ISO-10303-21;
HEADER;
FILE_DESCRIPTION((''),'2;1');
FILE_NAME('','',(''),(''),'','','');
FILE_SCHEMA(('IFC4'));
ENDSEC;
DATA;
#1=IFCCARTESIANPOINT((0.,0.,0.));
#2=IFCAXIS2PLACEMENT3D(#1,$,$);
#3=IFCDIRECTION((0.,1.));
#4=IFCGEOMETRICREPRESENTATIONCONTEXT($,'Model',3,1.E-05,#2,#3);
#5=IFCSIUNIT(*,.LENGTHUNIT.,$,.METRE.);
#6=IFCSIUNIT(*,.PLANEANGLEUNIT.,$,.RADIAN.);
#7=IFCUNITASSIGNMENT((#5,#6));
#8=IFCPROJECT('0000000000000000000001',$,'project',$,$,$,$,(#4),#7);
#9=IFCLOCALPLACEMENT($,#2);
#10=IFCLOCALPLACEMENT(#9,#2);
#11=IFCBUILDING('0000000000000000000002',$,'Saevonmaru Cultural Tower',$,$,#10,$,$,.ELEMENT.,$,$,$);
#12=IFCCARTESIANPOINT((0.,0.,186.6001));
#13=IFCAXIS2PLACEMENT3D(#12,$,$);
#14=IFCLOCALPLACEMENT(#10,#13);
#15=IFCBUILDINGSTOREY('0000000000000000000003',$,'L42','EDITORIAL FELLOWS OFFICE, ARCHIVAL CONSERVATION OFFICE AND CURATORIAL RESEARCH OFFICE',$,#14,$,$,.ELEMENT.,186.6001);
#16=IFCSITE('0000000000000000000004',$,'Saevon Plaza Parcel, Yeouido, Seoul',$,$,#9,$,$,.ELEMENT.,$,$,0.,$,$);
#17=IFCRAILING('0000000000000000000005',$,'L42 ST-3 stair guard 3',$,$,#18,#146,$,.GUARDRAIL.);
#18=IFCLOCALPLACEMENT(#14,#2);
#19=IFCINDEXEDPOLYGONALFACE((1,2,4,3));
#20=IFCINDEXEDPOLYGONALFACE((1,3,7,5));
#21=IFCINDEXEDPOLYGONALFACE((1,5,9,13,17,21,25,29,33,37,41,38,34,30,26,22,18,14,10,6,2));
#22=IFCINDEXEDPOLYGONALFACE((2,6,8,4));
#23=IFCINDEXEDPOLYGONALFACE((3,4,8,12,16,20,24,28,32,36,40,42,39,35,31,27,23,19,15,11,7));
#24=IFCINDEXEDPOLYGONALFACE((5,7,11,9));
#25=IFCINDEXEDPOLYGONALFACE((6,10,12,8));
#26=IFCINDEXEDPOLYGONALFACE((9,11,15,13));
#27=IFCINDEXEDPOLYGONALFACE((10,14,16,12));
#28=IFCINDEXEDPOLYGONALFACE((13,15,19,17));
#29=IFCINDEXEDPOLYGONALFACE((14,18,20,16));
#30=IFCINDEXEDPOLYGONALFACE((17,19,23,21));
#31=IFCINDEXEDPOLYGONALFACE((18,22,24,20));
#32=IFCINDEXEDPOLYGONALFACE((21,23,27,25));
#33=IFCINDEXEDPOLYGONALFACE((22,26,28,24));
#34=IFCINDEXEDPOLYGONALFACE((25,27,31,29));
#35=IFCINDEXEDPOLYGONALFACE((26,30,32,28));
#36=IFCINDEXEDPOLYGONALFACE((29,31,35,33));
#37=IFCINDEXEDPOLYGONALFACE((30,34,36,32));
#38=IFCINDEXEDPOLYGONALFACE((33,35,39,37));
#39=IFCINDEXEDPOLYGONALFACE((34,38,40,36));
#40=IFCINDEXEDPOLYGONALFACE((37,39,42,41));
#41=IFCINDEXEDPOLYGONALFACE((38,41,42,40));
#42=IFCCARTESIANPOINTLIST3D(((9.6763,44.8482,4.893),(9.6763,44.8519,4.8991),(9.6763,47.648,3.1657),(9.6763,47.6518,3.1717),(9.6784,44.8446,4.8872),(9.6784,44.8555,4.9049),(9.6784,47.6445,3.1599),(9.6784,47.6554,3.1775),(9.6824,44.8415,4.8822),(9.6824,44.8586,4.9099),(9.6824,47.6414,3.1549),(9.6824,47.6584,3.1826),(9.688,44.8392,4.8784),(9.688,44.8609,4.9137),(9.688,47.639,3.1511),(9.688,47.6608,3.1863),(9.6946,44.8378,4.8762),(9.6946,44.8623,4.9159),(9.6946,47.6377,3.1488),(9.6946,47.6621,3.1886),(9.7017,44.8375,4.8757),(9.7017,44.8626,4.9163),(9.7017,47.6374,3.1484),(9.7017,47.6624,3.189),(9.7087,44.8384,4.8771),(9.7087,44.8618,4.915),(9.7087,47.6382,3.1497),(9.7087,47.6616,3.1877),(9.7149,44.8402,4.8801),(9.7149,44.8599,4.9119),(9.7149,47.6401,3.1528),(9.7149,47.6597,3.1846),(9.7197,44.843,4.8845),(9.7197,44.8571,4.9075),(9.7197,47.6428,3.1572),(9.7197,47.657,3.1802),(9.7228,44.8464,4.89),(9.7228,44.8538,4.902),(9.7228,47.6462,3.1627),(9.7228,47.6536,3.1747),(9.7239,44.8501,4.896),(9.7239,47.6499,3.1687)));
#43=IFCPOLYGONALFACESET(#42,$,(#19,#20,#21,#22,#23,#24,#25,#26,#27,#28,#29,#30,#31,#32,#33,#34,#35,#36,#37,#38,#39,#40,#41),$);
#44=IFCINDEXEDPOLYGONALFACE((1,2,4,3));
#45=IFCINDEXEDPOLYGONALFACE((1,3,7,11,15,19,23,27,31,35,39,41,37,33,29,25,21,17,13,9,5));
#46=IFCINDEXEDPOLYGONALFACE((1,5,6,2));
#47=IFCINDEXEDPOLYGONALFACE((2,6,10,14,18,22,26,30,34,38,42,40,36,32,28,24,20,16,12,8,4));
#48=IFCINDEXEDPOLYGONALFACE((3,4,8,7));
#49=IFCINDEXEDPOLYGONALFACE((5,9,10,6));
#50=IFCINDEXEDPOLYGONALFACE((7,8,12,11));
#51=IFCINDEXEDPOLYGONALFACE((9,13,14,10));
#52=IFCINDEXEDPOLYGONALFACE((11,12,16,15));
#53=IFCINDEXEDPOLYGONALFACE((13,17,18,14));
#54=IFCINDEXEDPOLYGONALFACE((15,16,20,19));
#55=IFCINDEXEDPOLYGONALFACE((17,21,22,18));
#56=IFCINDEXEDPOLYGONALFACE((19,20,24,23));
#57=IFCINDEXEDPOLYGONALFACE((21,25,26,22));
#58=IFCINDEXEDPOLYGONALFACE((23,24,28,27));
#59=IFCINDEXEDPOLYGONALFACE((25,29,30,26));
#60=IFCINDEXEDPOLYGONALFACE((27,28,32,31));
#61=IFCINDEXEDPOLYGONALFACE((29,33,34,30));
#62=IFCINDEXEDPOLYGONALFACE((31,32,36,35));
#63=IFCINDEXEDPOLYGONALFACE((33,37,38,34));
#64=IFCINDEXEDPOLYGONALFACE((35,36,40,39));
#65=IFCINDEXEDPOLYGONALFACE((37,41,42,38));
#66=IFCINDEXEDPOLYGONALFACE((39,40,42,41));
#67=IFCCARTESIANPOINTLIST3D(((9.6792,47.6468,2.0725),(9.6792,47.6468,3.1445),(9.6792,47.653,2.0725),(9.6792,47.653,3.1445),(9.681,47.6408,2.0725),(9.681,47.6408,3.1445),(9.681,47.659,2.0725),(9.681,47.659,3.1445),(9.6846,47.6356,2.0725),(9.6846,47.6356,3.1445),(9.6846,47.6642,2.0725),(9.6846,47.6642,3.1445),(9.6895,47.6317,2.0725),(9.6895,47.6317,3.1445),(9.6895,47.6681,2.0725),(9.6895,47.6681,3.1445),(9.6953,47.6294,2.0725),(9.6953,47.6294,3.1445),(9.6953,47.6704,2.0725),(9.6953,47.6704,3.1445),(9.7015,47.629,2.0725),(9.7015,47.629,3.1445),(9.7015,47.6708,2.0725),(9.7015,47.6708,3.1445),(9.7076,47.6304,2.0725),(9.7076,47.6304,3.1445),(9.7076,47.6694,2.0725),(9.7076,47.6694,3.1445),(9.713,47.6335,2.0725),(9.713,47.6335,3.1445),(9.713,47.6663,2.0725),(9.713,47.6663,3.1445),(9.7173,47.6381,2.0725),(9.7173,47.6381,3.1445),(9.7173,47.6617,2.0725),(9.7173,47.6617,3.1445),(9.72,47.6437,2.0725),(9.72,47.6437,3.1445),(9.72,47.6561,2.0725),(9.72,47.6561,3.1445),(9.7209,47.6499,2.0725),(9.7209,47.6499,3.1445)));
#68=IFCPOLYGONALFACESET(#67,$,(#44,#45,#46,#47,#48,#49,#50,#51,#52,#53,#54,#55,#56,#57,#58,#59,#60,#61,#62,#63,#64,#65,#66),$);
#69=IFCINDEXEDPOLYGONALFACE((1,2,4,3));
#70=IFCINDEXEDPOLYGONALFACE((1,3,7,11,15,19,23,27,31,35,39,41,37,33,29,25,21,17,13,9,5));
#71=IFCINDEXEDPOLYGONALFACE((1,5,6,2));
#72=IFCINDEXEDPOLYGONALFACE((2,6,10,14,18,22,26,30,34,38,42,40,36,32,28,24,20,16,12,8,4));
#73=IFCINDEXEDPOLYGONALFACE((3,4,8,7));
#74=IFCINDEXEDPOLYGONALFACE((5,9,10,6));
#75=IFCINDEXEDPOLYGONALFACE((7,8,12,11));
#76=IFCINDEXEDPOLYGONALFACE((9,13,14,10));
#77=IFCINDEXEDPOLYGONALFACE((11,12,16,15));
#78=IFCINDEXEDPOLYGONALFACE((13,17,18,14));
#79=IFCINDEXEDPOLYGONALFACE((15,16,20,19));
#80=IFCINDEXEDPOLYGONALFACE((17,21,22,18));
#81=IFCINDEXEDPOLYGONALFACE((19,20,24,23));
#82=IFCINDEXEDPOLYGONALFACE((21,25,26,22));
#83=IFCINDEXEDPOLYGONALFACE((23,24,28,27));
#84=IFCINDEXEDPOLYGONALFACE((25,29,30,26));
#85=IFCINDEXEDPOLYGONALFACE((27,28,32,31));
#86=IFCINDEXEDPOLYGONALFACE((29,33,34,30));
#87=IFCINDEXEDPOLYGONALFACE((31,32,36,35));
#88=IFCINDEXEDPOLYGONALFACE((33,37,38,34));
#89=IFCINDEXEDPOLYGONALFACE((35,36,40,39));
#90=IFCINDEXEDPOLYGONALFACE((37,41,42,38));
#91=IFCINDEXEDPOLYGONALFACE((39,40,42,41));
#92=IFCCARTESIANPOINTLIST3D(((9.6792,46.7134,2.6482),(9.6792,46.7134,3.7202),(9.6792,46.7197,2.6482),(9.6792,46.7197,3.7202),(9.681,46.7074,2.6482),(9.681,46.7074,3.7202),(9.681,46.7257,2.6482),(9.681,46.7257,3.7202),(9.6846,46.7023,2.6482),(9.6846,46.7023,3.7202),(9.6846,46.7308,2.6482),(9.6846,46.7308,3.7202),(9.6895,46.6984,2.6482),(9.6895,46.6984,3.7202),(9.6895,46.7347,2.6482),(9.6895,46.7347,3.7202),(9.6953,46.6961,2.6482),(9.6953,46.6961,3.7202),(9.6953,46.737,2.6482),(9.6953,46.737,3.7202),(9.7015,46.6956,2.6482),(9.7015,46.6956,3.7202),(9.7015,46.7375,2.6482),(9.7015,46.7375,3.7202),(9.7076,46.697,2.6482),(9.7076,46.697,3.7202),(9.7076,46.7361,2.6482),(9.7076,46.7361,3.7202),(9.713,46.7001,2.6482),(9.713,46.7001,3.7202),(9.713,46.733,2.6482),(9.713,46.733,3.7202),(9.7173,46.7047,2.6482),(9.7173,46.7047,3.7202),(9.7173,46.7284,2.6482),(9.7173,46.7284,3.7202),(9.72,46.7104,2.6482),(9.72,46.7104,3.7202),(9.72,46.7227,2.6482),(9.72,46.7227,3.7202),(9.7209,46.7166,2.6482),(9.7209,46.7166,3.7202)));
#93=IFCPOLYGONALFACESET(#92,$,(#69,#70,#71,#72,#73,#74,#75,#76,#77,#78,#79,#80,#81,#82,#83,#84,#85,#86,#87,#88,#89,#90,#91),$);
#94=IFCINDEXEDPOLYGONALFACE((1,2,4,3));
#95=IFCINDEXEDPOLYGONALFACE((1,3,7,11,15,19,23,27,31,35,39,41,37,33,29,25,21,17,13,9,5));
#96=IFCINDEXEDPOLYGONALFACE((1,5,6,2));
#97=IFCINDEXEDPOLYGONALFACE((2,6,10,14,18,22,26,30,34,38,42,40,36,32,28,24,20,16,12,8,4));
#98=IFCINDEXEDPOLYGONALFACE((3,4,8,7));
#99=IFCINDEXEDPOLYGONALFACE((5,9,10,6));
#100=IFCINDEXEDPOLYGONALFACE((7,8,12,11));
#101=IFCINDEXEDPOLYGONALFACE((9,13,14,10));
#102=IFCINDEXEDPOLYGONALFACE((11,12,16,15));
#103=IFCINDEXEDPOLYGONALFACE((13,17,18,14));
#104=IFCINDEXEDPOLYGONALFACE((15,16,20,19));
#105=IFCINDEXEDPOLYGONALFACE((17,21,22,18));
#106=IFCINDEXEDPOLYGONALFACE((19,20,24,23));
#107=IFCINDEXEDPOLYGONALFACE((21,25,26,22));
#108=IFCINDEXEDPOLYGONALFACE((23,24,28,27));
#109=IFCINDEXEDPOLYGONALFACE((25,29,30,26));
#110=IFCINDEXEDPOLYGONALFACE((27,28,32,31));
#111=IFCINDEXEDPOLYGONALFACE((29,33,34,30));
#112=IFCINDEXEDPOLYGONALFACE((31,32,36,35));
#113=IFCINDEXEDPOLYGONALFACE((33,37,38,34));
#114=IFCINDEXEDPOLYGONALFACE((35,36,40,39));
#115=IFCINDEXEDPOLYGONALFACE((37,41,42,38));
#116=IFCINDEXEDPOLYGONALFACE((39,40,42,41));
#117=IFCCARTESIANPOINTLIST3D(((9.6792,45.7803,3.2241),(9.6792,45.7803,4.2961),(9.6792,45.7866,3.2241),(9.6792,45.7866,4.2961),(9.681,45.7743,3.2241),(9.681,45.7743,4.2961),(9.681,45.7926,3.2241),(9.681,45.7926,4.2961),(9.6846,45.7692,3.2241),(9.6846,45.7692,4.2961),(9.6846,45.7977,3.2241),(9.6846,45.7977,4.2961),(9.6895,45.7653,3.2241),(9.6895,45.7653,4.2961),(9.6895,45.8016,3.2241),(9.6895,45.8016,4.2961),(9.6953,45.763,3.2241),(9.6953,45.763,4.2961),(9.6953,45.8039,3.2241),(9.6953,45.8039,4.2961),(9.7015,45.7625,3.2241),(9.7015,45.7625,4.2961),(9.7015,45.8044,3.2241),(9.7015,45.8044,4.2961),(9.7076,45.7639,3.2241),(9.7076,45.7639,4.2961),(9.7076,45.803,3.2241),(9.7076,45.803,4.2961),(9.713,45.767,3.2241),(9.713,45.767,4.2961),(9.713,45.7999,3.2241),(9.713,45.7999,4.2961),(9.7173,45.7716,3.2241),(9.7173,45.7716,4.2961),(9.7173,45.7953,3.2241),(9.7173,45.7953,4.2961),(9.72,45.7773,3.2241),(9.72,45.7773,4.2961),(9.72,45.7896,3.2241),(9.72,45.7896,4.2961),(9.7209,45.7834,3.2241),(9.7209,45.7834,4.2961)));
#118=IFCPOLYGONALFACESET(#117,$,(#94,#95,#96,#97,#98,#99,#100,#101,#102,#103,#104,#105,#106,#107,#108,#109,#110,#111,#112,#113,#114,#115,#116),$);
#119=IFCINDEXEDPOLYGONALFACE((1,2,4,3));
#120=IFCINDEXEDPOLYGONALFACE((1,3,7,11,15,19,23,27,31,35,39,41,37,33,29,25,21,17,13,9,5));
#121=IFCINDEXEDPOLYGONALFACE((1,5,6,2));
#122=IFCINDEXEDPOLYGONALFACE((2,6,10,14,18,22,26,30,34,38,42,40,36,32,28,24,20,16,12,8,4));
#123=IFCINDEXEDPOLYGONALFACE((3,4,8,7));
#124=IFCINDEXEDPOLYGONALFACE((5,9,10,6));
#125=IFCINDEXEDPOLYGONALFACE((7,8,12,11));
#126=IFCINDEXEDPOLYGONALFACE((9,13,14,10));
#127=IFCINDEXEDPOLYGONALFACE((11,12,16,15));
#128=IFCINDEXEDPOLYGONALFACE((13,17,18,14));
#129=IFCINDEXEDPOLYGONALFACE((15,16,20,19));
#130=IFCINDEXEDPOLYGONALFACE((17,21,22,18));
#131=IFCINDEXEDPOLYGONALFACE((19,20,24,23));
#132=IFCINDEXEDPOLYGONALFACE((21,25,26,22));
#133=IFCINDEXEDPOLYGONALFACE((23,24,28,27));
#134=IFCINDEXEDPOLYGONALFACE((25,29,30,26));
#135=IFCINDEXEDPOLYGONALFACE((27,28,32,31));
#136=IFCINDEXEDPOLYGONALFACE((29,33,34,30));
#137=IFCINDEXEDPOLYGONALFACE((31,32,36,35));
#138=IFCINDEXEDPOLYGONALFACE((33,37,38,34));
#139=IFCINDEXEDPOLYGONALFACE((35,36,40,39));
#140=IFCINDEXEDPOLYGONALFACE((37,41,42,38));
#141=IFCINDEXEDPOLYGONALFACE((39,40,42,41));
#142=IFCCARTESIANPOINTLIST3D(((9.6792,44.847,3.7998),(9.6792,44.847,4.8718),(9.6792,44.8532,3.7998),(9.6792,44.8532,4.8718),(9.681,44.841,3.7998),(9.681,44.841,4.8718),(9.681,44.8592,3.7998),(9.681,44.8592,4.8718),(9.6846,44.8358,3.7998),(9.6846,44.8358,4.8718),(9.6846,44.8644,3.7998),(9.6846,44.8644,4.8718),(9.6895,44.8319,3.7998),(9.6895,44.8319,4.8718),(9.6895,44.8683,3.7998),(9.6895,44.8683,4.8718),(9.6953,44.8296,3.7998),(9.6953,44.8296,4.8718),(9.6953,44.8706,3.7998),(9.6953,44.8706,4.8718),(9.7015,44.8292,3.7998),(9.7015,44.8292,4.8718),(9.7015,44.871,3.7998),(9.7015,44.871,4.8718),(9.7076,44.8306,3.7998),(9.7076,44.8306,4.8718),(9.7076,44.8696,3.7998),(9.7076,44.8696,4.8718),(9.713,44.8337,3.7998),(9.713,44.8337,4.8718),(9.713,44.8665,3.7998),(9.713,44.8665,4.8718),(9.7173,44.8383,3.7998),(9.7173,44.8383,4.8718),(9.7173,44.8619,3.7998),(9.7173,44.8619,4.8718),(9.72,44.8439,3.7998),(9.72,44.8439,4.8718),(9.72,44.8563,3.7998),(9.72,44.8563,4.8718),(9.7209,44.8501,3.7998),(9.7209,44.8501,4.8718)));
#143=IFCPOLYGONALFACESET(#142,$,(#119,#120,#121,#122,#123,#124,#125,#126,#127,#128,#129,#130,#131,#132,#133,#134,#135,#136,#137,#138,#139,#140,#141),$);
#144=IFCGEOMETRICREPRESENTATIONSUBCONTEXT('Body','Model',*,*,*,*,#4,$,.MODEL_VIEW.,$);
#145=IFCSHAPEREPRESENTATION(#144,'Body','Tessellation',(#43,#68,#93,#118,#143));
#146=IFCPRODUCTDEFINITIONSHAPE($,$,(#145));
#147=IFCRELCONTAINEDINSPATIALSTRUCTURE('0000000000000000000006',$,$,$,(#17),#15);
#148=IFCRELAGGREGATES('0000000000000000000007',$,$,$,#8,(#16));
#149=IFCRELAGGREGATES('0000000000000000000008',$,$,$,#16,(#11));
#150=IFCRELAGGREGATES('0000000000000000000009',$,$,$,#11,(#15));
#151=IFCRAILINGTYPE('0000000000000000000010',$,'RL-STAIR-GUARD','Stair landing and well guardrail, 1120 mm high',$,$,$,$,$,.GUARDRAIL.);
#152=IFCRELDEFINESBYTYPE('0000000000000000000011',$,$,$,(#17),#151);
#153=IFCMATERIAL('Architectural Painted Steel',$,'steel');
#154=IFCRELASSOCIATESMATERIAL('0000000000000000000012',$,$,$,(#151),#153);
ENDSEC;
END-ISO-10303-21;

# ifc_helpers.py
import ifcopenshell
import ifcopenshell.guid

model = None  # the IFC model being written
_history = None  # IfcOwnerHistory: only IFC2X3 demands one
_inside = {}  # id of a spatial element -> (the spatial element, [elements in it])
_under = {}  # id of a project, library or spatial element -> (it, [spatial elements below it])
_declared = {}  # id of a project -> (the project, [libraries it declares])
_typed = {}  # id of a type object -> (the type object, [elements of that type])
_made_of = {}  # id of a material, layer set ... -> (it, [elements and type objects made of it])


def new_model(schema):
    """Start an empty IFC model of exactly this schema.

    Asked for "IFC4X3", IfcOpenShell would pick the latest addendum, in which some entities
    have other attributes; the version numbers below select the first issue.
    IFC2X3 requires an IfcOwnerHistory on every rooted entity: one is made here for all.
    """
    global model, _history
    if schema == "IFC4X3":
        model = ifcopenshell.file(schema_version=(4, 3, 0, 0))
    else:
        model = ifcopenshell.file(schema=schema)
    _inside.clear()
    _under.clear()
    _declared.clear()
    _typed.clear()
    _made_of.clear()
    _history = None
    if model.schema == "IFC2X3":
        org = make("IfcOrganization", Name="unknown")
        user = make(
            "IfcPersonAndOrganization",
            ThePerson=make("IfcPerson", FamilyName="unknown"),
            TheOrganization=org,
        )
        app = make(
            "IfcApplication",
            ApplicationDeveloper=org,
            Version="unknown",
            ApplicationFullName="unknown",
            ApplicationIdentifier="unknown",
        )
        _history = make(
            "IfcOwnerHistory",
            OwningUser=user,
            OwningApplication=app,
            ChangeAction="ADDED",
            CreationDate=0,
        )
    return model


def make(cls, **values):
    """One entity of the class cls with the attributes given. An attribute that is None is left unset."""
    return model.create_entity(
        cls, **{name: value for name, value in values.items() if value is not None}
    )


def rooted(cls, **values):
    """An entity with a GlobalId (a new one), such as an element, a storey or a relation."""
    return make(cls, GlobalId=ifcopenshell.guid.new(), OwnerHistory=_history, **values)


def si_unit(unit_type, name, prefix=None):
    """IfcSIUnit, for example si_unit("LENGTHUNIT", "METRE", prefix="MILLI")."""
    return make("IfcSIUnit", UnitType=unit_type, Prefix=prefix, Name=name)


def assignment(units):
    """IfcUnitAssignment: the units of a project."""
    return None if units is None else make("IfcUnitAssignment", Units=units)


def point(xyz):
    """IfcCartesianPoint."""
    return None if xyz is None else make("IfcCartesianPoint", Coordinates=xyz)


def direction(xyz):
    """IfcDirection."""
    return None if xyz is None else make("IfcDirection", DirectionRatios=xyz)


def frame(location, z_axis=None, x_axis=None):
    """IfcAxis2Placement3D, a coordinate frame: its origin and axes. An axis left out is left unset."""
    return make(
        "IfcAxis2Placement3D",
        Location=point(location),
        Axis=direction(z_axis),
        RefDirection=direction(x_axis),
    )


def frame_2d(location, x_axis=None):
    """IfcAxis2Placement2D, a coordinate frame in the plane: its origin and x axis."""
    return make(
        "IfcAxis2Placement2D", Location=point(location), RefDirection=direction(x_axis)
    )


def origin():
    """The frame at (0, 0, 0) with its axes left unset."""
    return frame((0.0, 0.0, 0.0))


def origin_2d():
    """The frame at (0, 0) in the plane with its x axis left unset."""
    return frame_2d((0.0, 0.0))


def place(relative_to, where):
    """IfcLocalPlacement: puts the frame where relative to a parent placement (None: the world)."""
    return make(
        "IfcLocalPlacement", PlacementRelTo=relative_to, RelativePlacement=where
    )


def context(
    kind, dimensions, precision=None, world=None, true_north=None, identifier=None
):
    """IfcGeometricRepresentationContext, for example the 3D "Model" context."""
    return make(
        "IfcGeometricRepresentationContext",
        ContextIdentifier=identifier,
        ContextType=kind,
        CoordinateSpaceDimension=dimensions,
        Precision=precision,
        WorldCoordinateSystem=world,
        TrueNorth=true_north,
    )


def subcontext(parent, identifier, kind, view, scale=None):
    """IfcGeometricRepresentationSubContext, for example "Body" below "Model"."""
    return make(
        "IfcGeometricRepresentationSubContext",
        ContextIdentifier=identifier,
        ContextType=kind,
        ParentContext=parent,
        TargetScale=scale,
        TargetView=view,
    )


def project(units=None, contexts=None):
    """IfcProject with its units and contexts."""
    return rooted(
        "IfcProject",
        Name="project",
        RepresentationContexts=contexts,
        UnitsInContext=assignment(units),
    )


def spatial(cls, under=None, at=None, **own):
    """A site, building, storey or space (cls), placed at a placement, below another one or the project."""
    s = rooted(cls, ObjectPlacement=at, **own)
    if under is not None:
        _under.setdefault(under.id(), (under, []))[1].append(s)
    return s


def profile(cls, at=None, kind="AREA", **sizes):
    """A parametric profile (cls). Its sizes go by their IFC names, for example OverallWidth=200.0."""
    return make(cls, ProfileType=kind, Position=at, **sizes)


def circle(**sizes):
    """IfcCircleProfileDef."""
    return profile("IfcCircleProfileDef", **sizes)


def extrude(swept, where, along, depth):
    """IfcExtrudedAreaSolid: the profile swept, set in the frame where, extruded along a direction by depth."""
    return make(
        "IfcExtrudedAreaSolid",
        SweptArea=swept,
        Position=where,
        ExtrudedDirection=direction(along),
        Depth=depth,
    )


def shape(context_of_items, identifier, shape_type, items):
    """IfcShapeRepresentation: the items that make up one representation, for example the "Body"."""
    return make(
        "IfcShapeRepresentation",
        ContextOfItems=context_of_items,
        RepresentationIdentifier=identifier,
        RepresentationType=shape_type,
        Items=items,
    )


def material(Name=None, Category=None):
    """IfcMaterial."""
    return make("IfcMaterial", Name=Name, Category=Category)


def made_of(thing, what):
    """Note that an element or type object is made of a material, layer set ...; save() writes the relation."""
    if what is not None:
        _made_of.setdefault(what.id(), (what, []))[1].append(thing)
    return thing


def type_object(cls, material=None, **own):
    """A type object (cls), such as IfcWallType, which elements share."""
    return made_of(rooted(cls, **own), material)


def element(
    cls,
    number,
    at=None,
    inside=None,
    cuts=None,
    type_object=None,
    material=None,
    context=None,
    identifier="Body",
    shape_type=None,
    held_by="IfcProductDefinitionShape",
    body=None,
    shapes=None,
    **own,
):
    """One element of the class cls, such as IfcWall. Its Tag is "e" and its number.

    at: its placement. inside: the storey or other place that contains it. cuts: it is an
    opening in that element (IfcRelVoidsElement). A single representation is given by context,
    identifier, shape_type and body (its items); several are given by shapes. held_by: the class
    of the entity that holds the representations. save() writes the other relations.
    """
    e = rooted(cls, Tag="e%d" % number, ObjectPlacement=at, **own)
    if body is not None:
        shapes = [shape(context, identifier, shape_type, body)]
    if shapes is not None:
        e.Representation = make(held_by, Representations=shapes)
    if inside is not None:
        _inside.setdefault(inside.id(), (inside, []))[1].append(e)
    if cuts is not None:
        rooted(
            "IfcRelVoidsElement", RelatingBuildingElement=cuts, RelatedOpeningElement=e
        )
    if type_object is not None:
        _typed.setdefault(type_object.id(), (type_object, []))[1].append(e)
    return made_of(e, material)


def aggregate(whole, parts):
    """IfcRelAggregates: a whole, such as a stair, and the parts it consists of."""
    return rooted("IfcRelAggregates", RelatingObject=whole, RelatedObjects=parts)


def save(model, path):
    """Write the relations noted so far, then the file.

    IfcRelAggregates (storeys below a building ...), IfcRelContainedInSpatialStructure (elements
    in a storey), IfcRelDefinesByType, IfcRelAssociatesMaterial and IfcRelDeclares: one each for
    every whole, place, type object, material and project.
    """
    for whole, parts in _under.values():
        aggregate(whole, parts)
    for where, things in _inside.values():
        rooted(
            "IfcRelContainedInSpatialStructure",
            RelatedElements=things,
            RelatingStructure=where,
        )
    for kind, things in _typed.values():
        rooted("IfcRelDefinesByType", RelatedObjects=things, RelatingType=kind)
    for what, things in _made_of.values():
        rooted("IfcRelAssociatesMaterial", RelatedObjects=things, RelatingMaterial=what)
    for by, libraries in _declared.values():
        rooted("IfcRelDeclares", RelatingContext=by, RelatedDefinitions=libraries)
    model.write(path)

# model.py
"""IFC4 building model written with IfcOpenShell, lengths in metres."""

from ifc_helpers import new_model, si_unit, direction, frame, origin, origin_2d, place, context, subcontext, project, spatial, circle, extrude, material, type_object, element, save


model = new_model("IFC4")

# Units and contexts
model_context = context("Model", 3, precision=1e-05, world=origin(), true_north=direction((0.0, 1.0)))
body_context = subcontext(model_context, "Body", "Model", "MODEL_VIEW")
ifc_project = project(units=[si_unit("LENGTHUNIT", "METRE"), si_unit("PLANEANGLEUNIT", "RADIAN")], contexts=[model_context])

# Site, building, storey
site_placement = place(None, origin())
site = spatial("IfcSite", under=ifc_project, at=site_placement, Name="Saevon Plaza Parcel, Yeouido, Seoul", CompositionType="ELEMENT", RefElevation=0.0)
building_placement = place(site_placement, origin())
building = spatial("IfcBuilding", under=site, at=building_placement, Name="Saevonmaru Cultural Tower", CompositionType="ELEMENT")
storey_placement = place(building_placement, frame((0.0, 0.0, 186.6001)))
storey = spatial("IfcBuildingStorey", under=building, at=storey_placement, Name="L42", Description="EDITORIAL FELLOWS OFFICE, ARCHIVAL CONSERVATION OFFICE AND CURATORIAL RESEARCH OFFICE", CompositionType="ELEMENT", Elevation=186.6001)

# Railing
ifc_material_1 = material(Name="Architectural Painted Steel", Category="steel")
railing_type_1 = type_object("IfcRailingType", Name="RL-STAIR-GUARD", Description="Stair landing and well guardrail, 1120 mm high", PredefinedType="GUARDRAIL", material=ifc_material_1)
railing_1_placement = place(storey_placement, frame((9.7, 47.6499, 2.0725)))
element("IfcRailing", 1, at=railing_1_placement, inside=storey, type_object=railing_type_1, Name="L42 ST-3 stair guard 3", PredefinedType="GUARDRAIL", context=body_context, shape_type="SweptSolid", body=[
    extrude(circle(Radius=0.0239, at=origin_2d()), frame((0.0, 0.0, 1.0962), z_axis=(0.0, -0.851069, 0.525054), x_axis=(1.0, 0.0, 0.0)), (0.0, 0.0, 1.0), 3.2898),
    extrude(circle(Radius=0.021, at=origin_2d()), origin(), (0.0, 0.0, 1.0), 1.072),
    extrude(circle(Radius=0.021, at=origin_2d()), frame((0.0, -0.9333, 0.5757)), (0.0, 0.0, 1.0), 1.072),
    extrude(circle(Radius=0.021, at=origin_2d()), frame((0.0, -1.8665, 1.1516)), (0.0, 0.0, 1.0), 1.072),
    extrude(circle(Radius=0.021, at=origin_2d()), frame((0.0, -2.7998, 1.7273)), (0.0, 0.0, 1.0), 1.072),
])

save(model, "model.ifc")
